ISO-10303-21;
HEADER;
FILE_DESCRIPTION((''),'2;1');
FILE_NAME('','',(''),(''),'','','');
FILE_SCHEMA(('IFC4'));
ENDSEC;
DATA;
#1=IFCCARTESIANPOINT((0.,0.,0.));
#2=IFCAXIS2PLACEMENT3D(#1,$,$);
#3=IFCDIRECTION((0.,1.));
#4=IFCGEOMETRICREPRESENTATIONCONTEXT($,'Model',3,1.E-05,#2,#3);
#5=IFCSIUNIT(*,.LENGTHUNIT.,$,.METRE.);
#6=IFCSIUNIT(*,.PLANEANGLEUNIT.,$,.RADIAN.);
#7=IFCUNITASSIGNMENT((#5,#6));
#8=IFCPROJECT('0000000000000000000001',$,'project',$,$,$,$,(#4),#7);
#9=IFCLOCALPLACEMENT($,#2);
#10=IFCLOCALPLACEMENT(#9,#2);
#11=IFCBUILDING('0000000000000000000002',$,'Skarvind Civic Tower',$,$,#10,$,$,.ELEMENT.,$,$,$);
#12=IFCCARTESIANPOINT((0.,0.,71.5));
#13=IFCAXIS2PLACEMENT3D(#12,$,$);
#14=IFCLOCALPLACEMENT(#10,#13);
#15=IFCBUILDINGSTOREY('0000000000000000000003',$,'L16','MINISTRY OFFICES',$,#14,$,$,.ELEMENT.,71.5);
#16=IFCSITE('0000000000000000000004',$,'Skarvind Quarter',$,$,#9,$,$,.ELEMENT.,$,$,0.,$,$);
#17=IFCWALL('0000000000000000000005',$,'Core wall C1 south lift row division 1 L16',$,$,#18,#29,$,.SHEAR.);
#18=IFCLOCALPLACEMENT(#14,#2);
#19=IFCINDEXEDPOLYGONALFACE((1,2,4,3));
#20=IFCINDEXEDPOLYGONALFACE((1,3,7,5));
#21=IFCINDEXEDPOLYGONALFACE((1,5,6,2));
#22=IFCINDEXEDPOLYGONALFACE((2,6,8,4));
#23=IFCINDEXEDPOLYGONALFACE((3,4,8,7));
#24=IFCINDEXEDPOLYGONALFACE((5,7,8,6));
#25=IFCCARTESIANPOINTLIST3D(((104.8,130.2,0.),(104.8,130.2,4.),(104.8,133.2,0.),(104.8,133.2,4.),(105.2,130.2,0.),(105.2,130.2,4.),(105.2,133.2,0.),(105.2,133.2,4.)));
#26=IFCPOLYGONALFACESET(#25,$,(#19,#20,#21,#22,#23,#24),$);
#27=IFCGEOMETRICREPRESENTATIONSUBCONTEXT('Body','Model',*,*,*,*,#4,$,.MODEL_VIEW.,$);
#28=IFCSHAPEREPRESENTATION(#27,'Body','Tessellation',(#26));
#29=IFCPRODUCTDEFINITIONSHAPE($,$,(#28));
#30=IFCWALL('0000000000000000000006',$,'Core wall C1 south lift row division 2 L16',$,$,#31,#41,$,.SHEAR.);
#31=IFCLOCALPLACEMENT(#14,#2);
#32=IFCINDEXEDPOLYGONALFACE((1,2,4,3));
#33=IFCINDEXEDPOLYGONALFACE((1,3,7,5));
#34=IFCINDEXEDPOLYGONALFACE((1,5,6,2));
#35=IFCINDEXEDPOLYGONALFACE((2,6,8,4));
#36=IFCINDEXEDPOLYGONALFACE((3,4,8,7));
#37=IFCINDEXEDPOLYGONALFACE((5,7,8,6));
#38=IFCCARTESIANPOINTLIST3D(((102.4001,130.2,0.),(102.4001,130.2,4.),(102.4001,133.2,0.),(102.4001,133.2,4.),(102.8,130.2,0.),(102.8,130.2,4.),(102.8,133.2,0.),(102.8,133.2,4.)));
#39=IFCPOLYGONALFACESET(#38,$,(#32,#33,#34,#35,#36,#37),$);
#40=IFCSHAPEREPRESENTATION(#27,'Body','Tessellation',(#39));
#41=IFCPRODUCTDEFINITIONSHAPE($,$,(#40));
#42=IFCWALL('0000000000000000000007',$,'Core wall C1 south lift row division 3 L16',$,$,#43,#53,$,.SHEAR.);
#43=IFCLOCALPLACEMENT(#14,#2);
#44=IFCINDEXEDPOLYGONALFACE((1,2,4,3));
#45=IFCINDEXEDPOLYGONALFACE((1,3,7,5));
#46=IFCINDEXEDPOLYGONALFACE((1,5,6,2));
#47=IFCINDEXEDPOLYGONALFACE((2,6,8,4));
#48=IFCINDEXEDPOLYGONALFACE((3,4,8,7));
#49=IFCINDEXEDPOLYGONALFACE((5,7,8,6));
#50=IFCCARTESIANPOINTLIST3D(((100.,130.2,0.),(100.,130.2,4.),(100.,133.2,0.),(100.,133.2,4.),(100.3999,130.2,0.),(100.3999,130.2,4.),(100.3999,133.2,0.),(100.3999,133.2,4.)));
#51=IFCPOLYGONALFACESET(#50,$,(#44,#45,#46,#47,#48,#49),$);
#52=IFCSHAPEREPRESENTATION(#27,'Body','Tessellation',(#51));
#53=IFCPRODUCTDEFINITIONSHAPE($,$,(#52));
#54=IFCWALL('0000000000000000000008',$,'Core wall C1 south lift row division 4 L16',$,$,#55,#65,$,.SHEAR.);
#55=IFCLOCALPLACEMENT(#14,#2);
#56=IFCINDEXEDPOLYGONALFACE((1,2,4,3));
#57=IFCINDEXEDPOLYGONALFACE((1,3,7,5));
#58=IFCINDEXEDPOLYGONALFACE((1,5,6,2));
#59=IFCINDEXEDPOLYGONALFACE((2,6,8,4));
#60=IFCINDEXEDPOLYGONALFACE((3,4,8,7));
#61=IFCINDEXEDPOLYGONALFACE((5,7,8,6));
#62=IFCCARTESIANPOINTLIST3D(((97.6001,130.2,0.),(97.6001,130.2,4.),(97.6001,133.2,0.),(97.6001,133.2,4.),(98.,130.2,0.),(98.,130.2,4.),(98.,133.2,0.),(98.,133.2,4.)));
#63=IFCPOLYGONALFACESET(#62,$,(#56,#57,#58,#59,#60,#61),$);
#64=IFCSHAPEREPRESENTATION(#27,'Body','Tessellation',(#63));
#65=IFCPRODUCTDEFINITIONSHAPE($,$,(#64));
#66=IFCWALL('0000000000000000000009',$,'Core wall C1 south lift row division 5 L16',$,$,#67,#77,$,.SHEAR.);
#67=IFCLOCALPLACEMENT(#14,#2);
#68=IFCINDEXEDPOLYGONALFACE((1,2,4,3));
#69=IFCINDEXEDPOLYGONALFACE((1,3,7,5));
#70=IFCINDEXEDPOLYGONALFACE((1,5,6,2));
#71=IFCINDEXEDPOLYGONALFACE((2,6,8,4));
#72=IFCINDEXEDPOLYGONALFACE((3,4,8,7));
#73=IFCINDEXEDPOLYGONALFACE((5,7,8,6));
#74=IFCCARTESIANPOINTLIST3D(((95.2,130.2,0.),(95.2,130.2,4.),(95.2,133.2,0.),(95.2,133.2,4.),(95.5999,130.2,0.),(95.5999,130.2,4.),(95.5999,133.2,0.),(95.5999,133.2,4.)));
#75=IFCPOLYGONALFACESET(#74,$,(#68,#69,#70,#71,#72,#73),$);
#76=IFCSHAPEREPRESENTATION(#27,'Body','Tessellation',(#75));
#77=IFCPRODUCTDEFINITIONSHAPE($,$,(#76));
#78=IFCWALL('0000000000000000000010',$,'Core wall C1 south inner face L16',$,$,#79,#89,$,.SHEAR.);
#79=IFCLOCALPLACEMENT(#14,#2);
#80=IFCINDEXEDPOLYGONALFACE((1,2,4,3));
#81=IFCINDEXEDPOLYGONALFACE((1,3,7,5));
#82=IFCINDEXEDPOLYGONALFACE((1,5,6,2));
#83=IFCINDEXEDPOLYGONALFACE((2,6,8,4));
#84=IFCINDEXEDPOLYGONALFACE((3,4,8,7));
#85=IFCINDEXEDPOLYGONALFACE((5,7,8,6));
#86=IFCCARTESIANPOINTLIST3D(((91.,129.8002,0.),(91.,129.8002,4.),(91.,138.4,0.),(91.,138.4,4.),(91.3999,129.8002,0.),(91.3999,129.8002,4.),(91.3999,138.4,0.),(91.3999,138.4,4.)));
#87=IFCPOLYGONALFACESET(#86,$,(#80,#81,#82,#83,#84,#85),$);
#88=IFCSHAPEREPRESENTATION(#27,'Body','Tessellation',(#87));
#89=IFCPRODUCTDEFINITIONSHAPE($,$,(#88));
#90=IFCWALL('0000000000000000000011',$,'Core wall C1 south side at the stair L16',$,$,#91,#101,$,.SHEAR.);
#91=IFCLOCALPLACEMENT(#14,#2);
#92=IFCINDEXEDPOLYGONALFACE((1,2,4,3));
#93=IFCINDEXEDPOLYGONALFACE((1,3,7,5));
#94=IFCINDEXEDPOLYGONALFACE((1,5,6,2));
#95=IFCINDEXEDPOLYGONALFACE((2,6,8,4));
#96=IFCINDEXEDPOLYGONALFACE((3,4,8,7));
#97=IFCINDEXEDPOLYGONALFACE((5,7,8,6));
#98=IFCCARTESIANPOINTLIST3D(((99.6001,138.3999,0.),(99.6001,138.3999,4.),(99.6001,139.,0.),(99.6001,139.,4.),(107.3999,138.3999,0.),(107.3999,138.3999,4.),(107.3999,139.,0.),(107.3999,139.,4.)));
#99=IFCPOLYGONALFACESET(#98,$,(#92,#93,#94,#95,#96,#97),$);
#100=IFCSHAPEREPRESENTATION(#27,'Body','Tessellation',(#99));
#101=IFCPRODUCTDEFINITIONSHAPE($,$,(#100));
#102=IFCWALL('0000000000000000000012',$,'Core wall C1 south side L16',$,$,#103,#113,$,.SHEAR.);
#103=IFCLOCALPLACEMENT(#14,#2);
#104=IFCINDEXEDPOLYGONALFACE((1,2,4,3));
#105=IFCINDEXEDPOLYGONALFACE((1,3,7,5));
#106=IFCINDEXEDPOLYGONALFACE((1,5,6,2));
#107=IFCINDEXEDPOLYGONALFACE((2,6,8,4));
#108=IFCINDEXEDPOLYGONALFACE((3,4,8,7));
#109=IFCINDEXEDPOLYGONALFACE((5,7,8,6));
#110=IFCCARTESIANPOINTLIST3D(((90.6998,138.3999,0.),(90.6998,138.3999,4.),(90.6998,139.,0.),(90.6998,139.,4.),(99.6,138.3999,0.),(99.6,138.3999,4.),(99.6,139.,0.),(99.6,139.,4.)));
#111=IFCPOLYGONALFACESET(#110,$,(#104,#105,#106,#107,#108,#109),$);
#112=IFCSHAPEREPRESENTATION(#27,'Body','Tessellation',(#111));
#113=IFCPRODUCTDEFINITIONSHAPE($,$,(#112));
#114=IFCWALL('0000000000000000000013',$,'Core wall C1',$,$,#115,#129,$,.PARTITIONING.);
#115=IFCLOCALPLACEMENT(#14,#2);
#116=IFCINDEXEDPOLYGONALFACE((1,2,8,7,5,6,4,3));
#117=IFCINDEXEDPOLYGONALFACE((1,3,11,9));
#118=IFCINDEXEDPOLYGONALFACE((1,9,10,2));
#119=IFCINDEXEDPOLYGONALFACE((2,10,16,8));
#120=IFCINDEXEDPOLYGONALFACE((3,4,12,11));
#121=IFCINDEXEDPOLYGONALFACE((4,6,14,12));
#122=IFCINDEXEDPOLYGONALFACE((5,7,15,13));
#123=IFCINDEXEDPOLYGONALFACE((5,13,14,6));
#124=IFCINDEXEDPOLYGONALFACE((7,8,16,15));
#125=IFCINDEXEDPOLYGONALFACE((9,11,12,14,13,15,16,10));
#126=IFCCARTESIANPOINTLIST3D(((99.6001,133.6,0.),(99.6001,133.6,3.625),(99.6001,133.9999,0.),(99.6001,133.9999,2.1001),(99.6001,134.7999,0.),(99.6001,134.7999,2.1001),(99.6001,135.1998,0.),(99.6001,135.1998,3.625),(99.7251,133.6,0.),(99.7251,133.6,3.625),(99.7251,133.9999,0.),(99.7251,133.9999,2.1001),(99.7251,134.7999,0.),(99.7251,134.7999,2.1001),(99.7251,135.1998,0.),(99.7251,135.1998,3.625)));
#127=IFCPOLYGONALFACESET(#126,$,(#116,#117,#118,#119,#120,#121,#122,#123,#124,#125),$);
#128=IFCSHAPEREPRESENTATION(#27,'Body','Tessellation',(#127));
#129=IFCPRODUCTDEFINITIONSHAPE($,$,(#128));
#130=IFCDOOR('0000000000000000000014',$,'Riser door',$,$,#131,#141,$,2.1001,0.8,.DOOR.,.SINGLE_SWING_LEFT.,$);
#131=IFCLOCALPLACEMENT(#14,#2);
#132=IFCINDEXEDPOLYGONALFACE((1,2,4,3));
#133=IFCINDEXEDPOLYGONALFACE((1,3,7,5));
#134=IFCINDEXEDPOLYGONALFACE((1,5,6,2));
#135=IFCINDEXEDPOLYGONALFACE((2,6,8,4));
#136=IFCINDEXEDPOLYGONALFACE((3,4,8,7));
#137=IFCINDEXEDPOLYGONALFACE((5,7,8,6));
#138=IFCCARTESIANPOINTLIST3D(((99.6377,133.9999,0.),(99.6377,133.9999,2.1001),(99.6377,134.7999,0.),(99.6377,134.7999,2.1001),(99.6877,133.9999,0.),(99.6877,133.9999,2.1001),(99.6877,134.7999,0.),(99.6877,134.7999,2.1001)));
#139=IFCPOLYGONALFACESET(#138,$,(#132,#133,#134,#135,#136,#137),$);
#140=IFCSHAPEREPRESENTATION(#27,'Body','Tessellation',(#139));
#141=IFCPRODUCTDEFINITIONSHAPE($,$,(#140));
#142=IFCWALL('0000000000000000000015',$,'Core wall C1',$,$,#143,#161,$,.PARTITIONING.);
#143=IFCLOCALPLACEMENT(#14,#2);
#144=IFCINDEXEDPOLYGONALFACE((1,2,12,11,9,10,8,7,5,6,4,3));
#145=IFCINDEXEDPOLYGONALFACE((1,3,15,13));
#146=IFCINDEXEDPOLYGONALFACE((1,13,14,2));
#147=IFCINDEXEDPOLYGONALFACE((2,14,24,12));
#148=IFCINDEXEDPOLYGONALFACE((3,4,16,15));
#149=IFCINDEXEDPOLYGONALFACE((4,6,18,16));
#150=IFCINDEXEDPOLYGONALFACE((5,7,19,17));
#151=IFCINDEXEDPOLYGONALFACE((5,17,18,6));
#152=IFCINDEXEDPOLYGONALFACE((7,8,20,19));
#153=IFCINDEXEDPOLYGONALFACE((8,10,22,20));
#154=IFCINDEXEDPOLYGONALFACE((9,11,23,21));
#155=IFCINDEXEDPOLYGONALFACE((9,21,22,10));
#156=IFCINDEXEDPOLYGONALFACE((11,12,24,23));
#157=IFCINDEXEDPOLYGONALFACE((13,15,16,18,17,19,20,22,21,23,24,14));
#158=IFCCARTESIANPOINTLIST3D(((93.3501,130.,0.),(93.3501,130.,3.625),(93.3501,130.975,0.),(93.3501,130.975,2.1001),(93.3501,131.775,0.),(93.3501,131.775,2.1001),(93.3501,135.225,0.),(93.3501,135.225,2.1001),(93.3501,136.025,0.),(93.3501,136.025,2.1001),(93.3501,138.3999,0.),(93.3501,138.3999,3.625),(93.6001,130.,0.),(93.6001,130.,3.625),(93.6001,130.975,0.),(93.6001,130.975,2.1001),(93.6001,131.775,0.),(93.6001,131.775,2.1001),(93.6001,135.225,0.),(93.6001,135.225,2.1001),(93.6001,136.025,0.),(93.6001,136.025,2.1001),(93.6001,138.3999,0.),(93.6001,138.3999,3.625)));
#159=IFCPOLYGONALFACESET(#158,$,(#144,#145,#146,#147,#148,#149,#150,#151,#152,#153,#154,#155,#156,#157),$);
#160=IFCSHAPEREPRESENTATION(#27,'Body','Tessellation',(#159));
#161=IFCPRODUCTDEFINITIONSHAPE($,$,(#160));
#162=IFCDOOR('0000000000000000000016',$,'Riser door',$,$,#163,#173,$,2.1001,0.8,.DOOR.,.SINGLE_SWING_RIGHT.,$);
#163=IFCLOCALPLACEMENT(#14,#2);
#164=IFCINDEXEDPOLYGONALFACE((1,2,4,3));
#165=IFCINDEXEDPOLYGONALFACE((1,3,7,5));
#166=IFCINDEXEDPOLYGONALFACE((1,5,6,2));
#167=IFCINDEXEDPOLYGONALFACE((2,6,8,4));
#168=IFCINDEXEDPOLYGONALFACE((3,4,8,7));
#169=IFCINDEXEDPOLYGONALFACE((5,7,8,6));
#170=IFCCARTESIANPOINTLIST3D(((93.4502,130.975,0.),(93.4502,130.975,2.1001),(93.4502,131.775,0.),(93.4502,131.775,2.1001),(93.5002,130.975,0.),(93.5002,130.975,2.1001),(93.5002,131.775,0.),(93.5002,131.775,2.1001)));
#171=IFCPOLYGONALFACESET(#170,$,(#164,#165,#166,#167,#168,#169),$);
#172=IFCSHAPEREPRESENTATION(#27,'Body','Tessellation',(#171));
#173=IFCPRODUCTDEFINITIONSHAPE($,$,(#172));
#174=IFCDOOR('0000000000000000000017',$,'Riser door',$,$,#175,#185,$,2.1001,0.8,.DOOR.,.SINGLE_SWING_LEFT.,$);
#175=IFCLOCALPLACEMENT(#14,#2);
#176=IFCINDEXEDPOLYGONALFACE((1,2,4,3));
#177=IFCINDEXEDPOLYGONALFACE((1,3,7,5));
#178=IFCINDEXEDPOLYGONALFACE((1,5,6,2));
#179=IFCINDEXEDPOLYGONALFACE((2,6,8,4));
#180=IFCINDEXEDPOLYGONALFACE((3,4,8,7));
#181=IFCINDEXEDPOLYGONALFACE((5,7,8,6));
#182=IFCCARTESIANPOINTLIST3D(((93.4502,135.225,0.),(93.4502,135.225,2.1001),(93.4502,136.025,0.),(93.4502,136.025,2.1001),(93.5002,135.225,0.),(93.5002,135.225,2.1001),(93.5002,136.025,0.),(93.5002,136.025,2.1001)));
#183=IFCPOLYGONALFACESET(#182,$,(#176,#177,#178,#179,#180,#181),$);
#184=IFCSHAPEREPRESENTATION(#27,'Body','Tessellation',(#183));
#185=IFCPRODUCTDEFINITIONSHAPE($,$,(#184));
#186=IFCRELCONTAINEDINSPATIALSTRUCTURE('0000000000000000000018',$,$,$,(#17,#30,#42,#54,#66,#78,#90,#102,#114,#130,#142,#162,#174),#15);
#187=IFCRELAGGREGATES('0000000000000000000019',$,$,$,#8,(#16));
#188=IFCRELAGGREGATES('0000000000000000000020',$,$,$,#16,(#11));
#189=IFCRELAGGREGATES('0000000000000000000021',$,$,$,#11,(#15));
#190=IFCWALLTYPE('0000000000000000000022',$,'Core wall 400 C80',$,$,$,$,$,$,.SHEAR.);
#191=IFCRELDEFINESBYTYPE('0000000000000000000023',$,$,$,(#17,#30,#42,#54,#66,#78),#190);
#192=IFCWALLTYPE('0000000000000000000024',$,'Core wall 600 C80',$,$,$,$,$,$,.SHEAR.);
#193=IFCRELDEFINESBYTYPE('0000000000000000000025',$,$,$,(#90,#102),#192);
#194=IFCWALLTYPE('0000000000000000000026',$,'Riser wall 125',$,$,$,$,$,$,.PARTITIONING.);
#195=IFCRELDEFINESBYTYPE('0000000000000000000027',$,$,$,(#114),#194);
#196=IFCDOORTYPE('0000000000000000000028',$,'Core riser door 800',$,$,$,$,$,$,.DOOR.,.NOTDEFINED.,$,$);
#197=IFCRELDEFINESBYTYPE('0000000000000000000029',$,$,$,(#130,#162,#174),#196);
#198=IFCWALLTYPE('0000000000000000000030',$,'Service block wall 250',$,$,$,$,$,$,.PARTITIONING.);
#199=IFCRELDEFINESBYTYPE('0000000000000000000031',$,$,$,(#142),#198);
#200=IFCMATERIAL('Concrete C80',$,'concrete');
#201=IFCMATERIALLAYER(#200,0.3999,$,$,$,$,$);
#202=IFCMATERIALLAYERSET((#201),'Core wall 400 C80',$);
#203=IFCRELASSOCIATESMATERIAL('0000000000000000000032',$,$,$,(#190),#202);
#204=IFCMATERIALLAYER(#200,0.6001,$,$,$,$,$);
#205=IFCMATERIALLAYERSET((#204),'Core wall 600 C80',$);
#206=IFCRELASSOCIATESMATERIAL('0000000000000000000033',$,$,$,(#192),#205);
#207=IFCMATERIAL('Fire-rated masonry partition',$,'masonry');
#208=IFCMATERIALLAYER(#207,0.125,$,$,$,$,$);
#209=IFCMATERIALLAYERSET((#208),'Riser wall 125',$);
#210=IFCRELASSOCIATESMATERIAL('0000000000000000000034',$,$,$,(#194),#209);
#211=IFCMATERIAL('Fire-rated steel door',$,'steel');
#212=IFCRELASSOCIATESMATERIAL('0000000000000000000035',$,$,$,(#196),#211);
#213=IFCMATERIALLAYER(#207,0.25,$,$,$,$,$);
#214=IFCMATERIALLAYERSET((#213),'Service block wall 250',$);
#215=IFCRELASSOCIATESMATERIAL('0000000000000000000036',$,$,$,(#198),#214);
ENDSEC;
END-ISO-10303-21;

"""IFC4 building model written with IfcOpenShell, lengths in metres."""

from ifc_helpers import new_model, si_unit, direction, frame, frame_2d, origin, place, context, subcontext, project, spatial, rectangle, extrude, material, layer, layer_set, type_object, element, fill, save


model = new_model("IFC4")

# Units and contexts
model_context = context("Model", 3, precision=1e-05, world=origin(), true_north=direction((0.0, 1.0)))
body_context = subcontext(model_context, "Body", "Model", "MODEL_VIEW")
ifc_project = project(units=[si_unit("LENGTHUNIT", "METRE"), si_unit("PLANEANGLEUNIT", "RADIAN")], contexts=[model_context])

# Site, building, storey
site_placement = place(None, origin())
site = spatial("IfcSite", under=ifc_project, at=site_placement, Name="Skarvind Quarter", CompositionType="ELEMENT", RefElevation=0.0)
building_placement = place(site_placement, origin())
building = spatial("IfcBuilding", under=site, at=building_placement, Name="Skarvind Civic Tower", CompositionType="ELEMENT")
storey_placement = place(building_placement, frame((0.0, 0.0, 71.5)))
storey = spatial("IfcBuildingStorey", under=building, at=storey_placement, Name="L16", Description="MINISTRY OFFICES", CompositionType="ELEMENT", Elevation=71.5)

# Shared definitions
ifc_material_1 = material(Name="Fire-rated masonry partition", Category="masonry")
ifc_material_2 = material(Name="Fire-rated steel door", Category="steel")

# Shared definitions
ifc_material_3 = material(Name="Concrete C80", Category="concrete")
ifc_layer_1 = layer(ifc_material_3, 0.3999)
ifc_layer_set_1 = layer_set([ifc_layer_1], Name="Core wall 400 C80")
wall_type_1 = type_object("IfcWallType", Name="Core wall 400 C80", PredefinedType="SHEAR", material=ifc_layer_set_1)

# Walls
for number, where, z_axis, x_axis, name in (
    (1, (105.0, 133.2, 0.0), (0.0, 0.0, 1.0), (0.0, -1.0, 0.0), "Core wall C1 south lift row division 1 L16"),
    (2, (102.6001, 133.2, 0.0), (0.0, 0.0, 1.0), (0.0, -1.0, 0.0), "Core wall C1 south lift row division 2 L16"),
    (3, (100.2, 133.2, 0.0), (0.0, 0.0, 1.0), (0.0, -1.0, 0.0), "Core wall C1 south lift row division 3 L16"),
    (4, (97.8, 133.2, 0.0), (0.0, 0.0, 1.0), (0.0, -1.0, 0.0), "Core wall C1 south lift row division 4 L16"),
    (5, (95.3999, 133.2, 0.0), (0.0, 0.0, 1.0), (0.0, -1.0, 0.0), "Core wall C1 south lift row division 5 L16"),
):
    element("IfcWall", number, at=place(storey_placement, frame(where, z_axis=z_axis, x_axis=x_axis)), inside=storey, type_object=wall_type_1, Name=name, PredefinedType="SHEAR", context=body_context, shape_type="SweptSolid", body=[
        extrude(rectangle(XDim=3.0, YDim=0.3999, at=frame_2d((1.5, 0.0))), origin(), (0.0, 0.0, 1.0), 4.0),
    ])
wall_1_placement = place(storey_placement, frame((91.2, 138.3999, 0.0), z_axis=(0.0, 0.0, 1.0), x_axis=(0.0, -1.0, 0.0)))
element("IfcWall", 6, at=wall_1_placement, inside=storey, type_object=wall_type_1, Name="Core wall C1 south inner face L16", PredefinedType="SHEAR", context=body_context, shape_type="SweptSolid", body=[
    extrude(rectangle(XDim=8.5999, YDim=0.3999, at=frame_2d((4.2998, 0.0))), origin(), (0.0, 0.0, 1.0), 4.0),
])
ifc_layer_2 = layer(ifc_material_3, 0.6001)
ifc_layer_set_2 = layer_set([ifc_layer_2], Name="Core wall 600 C80")
wall_type_2 = type_object("IfcWallType", Name="Core wall 600 C80", PredefinedType="SHEAR", material=ifc_layer_set_2)
wall_2_placement = place(storey_placement, frame((107.3999, 138.7, 0.0), z_axis=(0.0, 0.0, 1.0), x_axis=(-1.0, 0.0, 0.0)))
element("IfcWall", 7, at=wall_2_placement, inside=storey, type_object=wall_type_2, Name="Core wall C1 south side at the stair L16", PredefinedType="SHEAR", context=body_context, shape_type="SweptSolid", body=[
    extrude(rectangle(XDim=7.7998, YDim=0.6001, at=frame_2d((3.8999, 0.0))), origin(), (0.0, 0.0, 1.0), 4.0),
])
wall_3_placement = place(storey_placement, frame((99.6001, 138.7, 0.0), z_axis=(0.0, 0.0, 1.0), x_axis=(-1.0, 0.0, 0.0)))
element("IfcWall", 8, at=wall_3_placement, inside=storey, type_object=wall_type_2, Name="Core wall C1 south side L16", PredefinedType="SHEAR", context=body_context, shape_type="SweptSolid", body=[
    extrude(rectangle(XDim=8.9001, YDim=0.6001, at=frame_2d((4.4502, 0.0))), origin(), (0.0, 0.0, 1.0), 4.0),
])

# Wall, opening, door
ifc_layer_3 = layer(ifc_material_1, 0.125)
ifc_layer_set_3 = layer_set([ifc_layer_3], Name="Riser wall 125")
wall_type_3 = type_object("IfcWallType", Name="Riser wall 125", PredefinedType="PARTITIONING", material=ifc_layer_set_3)
wall_4_placement = place(storey_placement, frame((99.6626, 133.6001, 0.0), z_axis=(0.0, 0.0, 1.0), x_axis=(0.0, 1.0, 0.0)))
wall_4 = element("IfcWall", 9, at=wall_4_placement, inside=storey, type_object=wall_type_3, Name="Core wall C1", PredefinedType="PARTITIONING", context=body_context, shape_type="SweptSolid", body=[
    extrude(rectangle(XDim=1.5999, YDim=0.125, at=frame_2d((0.7998, 0.0))), origin(), (0.0, 0.0, 1.0), 3.625),
])
opening_1_placement = place(wall_4_placement, frame((0.3999, 0.0, 0.0)))
opening_1 = element("IfcOpeningElement", 10, at=opening_1_placement, cuts=wall_4, PredefinedType="OPENING", context=body_context, shape_type="SweptSolid", body=[
    extrude(rectangle(XDim=0.8, YDim=2.1001, at=frame_2d((0.3999, 1.05))), frame((0.0, 0.0725, 0.0), z_axis=(0.0, -1.0, 0.0), x_axis=(1.0, 0.0, 0.0)), (0.0, 0.0, 1.0), 0.145),
])
door_type_1 = type_object("IfcDoorType", Name="Core riser door 800", OperationType="NOTDEFINED", PredefinedType="DOOR", material=ifc_material_2)
door_1_placement = place(opening_1_placement, origin())
door_1 = element("IfcDoor", 11, at=door_1_placement, inside=storey, type_object=door_type_1, Name="Riser door", OperationType="SINGLE_SWING_LEFT", OverallHeight=2.1001, OverallWidth=0.8, PredefinedType="DOOR", context=body_context, shape_type="SweptSolid", body=[
    extrude(rectangle(XDim=0.8, YDim=2.1001, at=frame_2d((0.3999, 1.05))), frame((0.0, 0.0249, 0.0), z_axis=(0.0, -1.0, 0.0), x_axis=(1.0, 0.0, 0.0)), (0.0, 0.0, 1.0), 0.05),
])
fill(opening_1, door_1)

# Wall, openings, doors
ifc_layer_4 = layer(ifc_material_1, 0.25)
ifc_layer_set_4 = layer_set([ifc_layer_4], Name="Service block wall 250")
wall_type_4 = type_object("IfcWallType", Name="Service block wall 250", PredefinedType="PARTITIONING", material=ifc_layer_set_4)
wall_5_placement = place(storey_placement, frame((93.4751, 130.0, 0.0), z_axis=(0.0, 0.0, 1.0), x_axis=(0.0, 1.0, 0.0)))
wall_5 = element("IfcWall", 12, at=wall_5_placement, inside=storey, type_object=wall_type_4, Name="Core wall C1", PredefinedType="PARTITIONING", context=body_context, shape_type="SweptSolid", body=[
    extrude(rectangle(XDim=8.3999, YDim=0.25, at=frame_2d((4.2, 0.0))), origin(), (0.0, 0.0, 1.0), 3.625),
])
opening_2_placement = place(wall_5_placement, frame((0.9751, 0.0, 0.0)))
opening_2 = element("IfcOpeningElement", 13, at=opening_2_placement, cuts=wall_5, PredefinedType="OPENING", context=body_context, shape_type="SweptSolid", body=[
    extrude(rectangle(XDim=0.8, YDim=2.1001, at=frame_2d((0.3999, 1.05))), frame((0.0, 0.135, 0.0), z_axis=(0.0, -1.0, 0.0), x_axis=(1.0, 0.0, 0.0)), (0.0, 0.0, 1.0), 0.27),
])
opening_3_placement = place(wall_5_placement, frame((5.2251, 0.0, 0.0)))
opening_3 = element("IfcOpeningElement", 14, at=opening_3_placement, cuts=wall_5, PredefinedType="OPENING", context=body_context, shape_type="SweptSolid", body=[
    extrude(rectangle(XDim=0.8, YDim=2.1001, at=frame_2d((0.3999, 1.05))), frame((0.0, 0.135, 0.0), z_axis=(0.0, -1.0, 0.0), x_axis=(1.0, 0.0, 0.0)), (0.0, 0.0, 1.0), 0.27),
])
door_2_placement = place(opening_2_placement, origin())
door_2 = element("IfcDoor", 15, at=door_2_placement, inside=storey, type_object=door_type_1, Name="Riser door", OperationType="SINGLE_SWING_RIGHT", OverallHeight=2.1001, OverallWidth=0.8, PredefinedType="DOOR", context=body_context, shape_type="SweptSolid", body=[
    extrude(rectangle(XDim=0.8, YDim=2.1001, at=frame_2d((0.3999, 1.05))), frame((0.0, 0.0249, 0.0), z_axis=(0.0, -1.0, 0.0), x_axis=(1.0, 0.0, 0.0)), (0.0, 0.0, 1.0), 0.05),
])
fill(opening_2, door_2)
door_3_placement = place(opening_3_placement, origin())
door_3 = element("IfcDoor", 16, at=door_3_placement, inside=storey, type_object=door_type_1, Name="Riser door", OperationType="SINGLE_SWING_LEFT", OverallHeight=2.1001, OverallWidth=0.8, PredefinedType="DOOR", context=body_context, shape_type="SweptSolid", body=[
    extrude(rectangle(XDim=0.8, YDim=2.1001, at=frame_2d((0.3999, 1.05))), frame((0.0, 0.0249, 0.0), z_axis=(0.0, -1.0, 0.0), x_axis=(1.0, 0.0, 0.0)), (0.0, 0.0, 1.0), 0.05),
])
fill(opening_3, door_3)

save(model, "model.ifc")
